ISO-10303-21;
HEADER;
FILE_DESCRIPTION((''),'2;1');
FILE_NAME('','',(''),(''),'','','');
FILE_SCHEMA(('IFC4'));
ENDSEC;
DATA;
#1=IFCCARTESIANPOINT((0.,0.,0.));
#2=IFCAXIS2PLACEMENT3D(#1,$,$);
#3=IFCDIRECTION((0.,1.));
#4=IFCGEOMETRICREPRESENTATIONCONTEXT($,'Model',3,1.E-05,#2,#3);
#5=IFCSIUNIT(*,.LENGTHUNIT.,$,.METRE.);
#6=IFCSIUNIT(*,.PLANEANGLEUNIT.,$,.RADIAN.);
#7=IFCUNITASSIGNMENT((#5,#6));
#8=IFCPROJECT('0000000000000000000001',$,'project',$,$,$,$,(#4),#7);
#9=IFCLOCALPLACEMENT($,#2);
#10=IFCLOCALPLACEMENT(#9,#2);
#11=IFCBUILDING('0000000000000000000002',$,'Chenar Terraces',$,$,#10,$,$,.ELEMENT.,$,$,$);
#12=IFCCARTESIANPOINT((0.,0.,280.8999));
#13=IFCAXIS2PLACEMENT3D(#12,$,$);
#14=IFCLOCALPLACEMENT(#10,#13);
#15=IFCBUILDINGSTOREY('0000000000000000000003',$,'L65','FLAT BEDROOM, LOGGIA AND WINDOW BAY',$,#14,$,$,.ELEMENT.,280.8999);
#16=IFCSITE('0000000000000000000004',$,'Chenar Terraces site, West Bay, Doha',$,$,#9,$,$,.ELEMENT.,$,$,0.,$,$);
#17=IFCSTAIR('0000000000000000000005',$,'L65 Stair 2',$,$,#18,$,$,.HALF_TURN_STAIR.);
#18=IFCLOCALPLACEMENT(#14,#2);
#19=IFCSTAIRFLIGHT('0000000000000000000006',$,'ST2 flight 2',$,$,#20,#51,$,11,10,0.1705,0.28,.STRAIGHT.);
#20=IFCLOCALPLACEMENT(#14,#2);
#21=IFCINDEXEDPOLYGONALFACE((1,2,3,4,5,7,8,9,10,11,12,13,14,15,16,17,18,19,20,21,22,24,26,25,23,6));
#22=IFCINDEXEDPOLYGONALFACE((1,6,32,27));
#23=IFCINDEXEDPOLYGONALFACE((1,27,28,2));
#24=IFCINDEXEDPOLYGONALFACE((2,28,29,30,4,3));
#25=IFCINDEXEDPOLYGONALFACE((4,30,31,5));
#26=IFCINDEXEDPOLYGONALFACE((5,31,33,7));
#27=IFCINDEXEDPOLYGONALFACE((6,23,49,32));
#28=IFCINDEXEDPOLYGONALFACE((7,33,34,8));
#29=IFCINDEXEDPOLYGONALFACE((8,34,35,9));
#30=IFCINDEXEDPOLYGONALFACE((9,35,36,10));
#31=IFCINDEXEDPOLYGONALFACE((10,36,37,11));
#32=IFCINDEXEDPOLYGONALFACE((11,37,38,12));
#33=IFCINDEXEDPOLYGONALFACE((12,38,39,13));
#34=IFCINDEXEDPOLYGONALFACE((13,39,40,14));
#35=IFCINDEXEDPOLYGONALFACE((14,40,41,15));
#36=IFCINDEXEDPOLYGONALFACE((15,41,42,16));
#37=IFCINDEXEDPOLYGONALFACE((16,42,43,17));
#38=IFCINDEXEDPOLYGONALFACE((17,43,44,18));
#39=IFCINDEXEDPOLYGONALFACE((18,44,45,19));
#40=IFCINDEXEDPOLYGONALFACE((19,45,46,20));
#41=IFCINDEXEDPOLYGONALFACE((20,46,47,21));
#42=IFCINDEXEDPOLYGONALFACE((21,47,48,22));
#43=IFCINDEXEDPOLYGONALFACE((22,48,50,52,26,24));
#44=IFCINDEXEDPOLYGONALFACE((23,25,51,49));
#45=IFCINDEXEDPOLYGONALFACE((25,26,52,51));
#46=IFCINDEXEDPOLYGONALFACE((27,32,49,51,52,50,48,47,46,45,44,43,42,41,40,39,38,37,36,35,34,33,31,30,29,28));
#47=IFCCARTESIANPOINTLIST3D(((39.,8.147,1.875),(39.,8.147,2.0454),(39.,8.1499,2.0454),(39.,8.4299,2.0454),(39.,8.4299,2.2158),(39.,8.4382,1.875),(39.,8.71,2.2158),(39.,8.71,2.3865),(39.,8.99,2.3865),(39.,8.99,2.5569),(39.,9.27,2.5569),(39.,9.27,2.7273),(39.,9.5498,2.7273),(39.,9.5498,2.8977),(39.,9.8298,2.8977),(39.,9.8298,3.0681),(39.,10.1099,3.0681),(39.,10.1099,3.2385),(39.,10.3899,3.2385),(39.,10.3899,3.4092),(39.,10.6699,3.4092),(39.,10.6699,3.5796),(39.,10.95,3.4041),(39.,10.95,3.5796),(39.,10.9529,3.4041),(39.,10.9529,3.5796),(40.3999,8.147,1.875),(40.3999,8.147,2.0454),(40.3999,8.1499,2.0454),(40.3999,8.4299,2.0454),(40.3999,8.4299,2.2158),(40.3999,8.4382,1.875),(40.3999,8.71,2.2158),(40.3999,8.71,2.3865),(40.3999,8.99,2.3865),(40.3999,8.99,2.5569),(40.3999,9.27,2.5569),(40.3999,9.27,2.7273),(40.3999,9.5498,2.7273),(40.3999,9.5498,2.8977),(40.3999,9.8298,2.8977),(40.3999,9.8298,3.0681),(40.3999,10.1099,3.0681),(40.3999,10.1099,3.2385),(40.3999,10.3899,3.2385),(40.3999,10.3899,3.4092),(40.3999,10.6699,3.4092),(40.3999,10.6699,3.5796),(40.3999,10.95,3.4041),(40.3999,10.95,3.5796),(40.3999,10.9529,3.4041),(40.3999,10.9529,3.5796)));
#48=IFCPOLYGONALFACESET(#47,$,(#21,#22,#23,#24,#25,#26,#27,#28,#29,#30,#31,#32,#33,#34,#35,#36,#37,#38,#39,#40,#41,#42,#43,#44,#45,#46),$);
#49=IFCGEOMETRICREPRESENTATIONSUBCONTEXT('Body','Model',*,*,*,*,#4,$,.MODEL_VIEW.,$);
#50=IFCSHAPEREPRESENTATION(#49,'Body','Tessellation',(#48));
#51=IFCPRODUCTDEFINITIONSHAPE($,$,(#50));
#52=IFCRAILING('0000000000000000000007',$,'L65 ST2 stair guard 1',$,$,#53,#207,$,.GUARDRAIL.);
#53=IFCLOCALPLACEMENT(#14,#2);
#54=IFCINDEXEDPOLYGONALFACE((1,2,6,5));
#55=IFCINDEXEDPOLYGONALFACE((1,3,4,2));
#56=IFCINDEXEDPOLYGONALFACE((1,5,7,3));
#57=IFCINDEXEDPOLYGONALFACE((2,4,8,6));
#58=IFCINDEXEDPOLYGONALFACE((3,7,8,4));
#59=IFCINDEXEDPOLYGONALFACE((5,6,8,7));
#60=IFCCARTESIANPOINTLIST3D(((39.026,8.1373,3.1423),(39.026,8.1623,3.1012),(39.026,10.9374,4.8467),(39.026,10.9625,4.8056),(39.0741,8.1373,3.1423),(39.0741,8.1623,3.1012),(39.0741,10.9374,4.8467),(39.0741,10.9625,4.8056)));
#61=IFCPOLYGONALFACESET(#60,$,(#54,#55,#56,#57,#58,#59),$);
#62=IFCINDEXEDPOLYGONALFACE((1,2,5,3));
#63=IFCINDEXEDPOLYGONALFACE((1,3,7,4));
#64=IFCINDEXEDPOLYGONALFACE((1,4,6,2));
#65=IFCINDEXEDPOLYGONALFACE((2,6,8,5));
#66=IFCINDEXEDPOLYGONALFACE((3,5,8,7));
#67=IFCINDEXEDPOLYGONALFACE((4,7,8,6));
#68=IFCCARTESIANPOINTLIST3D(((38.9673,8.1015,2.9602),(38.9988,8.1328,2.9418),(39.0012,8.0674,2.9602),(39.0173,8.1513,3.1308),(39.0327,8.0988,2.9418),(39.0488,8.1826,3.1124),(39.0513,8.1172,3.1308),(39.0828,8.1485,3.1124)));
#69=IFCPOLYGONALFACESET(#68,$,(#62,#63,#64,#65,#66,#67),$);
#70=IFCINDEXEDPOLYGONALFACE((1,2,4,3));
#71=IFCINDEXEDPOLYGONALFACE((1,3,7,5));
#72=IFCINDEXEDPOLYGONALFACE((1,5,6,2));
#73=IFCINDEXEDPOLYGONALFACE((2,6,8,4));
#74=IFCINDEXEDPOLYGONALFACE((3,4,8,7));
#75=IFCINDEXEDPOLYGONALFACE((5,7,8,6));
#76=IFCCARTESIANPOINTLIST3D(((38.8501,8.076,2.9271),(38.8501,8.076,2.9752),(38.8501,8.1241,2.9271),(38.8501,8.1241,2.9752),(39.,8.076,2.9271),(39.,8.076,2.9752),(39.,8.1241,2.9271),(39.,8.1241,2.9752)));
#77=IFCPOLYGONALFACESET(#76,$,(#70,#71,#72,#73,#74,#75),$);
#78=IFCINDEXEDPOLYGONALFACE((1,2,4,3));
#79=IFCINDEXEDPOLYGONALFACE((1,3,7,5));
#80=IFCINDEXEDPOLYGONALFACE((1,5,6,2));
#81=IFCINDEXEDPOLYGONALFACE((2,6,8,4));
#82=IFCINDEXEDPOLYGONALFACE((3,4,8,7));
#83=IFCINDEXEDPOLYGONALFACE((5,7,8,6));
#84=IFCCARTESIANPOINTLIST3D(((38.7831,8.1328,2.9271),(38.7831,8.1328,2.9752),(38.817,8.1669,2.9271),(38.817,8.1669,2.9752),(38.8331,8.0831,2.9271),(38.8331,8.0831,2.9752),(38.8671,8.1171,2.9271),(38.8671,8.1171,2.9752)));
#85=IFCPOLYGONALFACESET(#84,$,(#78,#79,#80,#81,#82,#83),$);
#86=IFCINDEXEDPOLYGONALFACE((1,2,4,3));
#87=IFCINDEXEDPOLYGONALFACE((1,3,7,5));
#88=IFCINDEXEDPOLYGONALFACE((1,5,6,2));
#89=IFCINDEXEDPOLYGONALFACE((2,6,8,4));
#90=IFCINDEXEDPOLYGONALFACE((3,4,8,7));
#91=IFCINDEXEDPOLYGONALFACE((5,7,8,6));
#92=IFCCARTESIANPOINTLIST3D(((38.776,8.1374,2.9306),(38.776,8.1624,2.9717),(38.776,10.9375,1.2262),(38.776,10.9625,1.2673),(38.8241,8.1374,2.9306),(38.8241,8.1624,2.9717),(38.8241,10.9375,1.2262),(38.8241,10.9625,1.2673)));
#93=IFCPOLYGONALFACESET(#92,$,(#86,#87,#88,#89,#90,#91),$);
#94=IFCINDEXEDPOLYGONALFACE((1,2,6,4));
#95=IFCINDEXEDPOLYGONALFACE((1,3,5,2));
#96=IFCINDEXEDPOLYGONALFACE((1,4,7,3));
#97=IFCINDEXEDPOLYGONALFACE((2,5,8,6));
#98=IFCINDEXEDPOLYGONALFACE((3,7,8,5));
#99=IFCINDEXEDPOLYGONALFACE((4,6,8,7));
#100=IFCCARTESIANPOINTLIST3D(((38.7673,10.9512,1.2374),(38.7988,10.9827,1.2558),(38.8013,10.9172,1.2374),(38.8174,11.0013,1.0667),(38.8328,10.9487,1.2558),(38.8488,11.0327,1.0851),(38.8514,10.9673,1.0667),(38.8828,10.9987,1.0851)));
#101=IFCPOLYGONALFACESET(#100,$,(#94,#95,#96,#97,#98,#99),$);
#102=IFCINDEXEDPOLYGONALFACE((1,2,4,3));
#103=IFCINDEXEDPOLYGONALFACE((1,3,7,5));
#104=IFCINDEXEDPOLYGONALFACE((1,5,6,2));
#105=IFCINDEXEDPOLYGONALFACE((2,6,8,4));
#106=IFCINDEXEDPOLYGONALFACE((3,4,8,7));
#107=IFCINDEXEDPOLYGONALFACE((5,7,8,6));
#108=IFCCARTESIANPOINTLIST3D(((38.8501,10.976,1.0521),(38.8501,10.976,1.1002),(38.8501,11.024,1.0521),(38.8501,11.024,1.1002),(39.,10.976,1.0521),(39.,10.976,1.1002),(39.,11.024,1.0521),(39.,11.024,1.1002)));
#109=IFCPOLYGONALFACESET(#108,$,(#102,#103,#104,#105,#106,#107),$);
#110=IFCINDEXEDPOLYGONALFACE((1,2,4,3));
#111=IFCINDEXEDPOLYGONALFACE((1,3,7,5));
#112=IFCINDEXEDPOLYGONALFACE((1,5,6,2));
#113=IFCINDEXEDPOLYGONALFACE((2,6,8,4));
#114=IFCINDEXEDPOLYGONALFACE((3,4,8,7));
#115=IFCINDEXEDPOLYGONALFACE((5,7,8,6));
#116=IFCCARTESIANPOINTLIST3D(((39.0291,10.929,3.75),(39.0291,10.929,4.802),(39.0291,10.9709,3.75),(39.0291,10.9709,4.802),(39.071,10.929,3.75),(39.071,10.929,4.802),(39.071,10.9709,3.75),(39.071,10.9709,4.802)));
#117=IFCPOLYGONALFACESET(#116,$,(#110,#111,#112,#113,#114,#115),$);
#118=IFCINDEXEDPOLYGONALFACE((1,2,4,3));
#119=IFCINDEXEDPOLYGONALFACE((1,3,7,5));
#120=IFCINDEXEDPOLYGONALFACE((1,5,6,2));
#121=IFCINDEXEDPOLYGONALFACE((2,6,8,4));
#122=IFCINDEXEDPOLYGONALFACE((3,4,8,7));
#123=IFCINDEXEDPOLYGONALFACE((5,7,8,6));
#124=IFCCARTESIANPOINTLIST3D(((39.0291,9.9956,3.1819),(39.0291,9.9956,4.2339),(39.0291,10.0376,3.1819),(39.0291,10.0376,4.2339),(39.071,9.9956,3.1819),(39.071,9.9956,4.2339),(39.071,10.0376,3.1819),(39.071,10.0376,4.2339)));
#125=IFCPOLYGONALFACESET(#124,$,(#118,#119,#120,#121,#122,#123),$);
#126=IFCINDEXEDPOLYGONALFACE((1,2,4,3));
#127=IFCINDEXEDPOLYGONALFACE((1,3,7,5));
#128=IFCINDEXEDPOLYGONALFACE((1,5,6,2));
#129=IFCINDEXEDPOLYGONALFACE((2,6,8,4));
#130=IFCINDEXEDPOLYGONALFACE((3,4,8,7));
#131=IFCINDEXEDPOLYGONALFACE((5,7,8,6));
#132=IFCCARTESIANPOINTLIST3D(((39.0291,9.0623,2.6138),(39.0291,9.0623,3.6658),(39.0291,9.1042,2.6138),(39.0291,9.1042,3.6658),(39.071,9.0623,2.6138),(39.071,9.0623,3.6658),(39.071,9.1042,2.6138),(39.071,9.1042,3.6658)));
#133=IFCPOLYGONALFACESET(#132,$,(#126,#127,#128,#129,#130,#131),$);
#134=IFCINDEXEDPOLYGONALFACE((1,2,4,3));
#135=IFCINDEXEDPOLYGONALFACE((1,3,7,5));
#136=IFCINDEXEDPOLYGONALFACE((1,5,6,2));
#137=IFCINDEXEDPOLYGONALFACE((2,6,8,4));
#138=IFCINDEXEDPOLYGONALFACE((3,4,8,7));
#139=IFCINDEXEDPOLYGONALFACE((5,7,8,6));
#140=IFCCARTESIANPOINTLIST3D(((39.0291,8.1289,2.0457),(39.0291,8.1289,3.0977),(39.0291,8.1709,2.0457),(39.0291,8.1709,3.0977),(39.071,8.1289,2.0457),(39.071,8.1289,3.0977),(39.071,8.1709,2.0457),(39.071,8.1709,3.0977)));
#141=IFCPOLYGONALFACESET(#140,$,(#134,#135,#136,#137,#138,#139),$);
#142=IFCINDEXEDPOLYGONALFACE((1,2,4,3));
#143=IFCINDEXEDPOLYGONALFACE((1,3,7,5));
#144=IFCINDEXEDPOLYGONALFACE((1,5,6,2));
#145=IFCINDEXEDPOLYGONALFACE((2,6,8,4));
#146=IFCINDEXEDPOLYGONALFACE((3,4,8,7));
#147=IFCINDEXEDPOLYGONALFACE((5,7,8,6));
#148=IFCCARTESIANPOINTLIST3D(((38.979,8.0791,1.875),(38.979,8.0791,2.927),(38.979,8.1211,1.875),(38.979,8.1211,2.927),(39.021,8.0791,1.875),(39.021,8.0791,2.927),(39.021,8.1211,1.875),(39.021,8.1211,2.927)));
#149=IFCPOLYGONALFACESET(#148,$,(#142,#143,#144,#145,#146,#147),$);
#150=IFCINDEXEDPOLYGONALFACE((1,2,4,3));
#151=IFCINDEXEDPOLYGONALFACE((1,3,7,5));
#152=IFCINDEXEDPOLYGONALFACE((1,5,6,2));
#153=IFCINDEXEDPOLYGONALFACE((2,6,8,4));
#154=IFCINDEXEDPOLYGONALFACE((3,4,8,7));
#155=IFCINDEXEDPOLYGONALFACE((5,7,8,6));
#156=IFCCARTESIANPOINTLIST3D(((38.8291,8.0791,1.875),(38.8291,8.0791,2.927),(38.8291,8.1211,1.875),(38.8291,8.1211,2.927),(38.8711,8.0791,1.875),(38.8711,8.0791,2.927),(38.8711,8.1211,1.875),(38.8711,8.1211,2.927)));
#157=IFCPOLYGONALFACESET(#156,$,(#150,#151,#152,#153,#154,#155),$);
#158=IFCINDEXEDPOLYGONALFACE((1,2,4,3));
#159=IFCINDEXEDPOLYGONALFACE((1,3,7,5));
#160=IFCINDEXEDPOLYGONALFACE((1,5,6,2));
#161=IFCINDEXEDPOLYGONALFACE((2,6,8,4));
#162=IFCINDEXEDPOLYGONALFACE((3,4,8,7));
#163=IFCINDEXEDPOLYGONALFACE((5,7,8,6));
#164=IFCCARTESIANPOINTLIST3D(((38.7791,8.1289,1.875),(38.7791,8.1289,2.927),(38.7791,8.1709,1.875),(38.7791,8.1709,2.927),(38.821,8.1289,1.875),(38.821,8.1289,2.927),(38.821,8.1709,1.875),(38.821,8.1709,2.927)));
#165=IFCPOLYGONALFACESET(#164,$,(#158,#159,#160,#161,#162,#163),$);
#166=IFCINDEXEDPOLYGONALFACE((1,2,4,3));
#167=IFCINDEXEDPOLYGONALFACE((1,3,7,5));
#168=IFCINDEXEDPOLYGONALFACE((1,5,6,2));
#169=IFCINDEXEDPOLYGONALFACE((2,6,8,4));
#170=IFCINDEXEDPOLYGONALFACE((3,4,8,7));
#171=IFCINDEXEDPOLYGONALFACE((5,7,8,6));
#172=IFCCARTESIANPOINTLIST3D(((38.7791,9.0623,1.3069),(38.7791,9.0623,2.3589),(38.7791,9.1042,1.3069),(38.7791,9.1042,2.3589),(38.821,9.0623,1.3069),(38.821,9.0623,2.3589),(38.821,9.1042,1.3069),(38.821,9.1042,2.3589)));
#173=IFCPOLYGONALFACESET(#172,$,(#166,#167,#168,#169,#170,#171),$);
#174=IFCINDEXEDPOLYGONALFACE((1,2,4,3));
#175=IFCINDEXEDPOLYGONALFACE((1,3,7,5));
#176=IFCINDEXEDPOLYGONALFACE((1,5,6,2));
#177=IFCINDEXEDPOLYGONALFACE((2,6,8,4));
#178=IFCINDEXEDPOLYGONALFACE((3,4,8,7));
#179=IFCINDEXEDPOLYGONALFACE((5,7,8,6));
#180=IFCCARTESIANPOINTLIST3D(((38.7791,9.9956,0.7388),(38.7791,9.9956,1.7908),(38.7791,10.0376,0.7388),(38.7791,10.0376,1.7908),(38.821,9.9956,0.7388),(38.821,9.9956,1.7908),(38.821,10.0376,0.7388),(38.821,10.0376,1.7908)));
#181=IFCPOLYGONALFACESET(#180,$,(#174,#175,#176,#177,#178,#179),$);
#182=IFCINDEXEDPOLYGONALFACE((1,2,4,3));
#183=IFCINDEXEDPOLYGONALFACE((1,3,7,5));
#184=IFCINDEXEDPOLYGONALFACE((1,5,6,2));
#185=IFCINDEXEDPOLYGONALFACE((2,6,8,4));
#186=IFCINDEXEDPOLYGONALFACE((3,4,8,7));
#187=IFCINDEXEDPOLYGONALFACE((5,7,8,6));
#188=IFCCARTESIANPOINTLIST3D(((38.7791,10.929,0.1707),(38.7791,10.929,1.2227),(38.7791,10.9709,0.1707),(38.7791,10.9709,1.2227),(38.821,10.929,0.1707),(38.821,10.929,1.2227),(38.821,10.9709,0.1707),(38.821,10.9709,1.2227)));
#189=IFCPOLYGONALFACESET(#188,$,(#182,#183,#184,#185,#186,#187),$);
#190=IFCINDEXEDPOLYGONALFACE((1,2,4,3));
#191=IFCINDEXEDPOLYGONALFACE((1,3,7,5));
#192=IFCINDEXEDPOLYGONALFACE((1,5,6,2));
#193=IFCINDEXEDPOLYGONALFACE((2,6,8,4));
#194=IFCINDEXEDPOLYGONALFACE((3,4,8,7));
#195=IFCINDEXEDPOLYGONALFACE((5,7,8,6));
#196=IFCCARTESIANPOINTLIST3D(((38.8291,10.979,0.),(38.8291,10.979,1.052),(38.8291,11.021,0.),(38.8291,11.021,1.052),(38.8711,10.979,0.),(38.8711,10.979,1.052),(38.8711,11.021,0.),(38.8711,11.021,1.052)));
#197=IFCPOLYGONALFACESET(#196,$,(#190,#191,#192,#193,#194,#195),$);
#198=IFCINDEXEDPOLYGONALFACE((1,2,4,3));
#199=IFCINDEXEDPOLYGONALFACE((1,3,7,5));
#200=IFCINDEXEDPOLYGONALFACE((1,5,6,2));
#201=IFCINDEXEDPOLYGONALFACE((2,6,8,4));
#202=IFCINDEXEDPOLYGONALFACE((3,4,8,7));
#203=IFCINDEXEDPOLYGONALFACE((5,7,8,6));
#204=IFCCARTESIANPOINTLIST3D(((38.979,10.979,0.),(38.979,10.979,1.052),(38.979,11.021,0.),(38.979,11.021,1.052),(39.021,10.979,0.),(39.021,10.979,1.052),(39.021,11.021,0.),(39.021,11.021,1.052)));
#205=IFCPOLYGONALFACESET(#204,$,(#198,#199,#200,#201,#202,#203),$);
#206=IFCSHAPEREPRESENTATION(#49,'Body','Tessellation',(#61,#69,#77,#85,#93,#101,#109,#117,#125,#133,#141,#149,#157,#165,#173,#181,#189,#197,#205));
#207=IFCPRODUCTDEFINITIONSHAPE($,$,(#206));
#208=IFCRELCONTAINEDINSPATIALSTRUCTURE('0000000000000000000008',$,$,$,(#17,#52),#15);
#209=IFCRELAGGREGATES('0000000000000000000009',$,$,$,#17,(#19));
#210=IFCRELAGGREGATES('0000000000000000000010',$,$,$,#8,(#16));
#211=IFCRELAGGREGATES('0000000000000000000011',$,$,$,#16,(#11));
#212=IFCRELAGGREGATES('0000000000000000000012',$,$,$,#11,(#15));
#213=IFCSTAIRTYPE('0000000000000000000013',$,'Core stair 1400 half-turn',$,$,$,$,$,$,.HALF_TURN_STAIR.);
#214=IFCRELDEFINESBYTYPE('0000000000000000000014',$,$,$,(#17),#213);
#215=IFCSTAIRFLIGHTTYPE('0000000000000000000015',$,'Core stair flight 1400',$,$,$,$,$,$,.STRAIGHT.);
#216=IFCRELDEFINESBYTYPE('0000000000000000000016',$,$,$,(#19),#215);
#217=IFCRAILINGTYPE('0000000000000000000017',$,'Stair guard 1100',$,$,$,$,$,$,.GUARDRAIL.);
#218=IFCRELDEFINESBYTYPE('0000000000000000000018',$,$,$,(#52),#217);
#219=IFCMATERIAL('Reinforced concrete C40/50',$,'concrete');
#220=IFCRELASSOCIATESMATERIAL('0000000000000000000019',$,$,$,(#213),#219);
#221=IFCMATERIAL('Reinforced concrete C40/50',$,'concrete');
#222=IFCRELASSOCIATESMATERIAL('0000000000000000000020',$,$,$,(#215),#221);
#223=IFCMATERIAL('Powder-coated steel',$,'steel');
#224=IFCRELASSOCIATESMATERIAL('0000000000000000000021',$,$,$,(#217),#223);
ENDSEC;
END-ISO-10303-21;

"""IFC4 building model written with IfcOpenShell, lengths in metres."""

from ifc_helpers import new_model, si_unit, direction, frame, origin, origin_2d, place, context, subcontext, project, spatial, polyline, rectangle, outline, extrude, material, type_object, element, aggregate, save


model = new_model("IFC4")

# Units and contexts
model_context = context("Model", 3, precision=1e-05, world=origin(), true_north=direction((0.0, 1.0)))
body_context = subcontext(model_context, "Body", "Model", "MODEL_VIEW")
ifc_project = project(units=[si_unit("LENGTHUNIT", "METRE"), si_unit("PLANEANGLEUNIT", "RADIAN")], contexts=[model_context])

# Site, building, storey
site_placement = place(None, origin())
site = spatial("IfcSite", under=ifc_project, at=site_placement, Name="Chenar Terraces site, West Bay, Doha", CompositionType="ELEMENT", RefElevation=0.0)
building_placement = place(site_placement, origin())
building = spatial("IfcBuilding", under=site, at=building_placement, Name="Chenar Terraces", CompositionType="ELEMENT")
storey_placement = place(building_placement, frame((0.0, 0.0, 280.8999)))
storey = spatial("IfcBuildingStorey", under=building, at=storey_placement, Name="L65", Description="FLAT BEDROOM, LOGGIA AND WINDOW BAY", CompositionType="ELEMENT", Elevation=280.8999)

# Stair, stair flight
ifc_material_1 = material(Name="Reinforced concrete C40/50", Category="concrete")
stair_type = type_object("IfcStairType", Name="Core stair 1400 half-turn", PredefinedType="HALF_TURN_STAIR", material=ifc_material_1)
stair_placement = place(storey_placement, origin())
stair = element("IfcStair", 1, at=stair_placement, inside=storey, type_object=stair_type, Name="L65 Stair 2", PredefinedType="HALF_TURN_STAIR")
ifc_material_2 = material(Name="Reinforced concrete C40/50", Category="concrete")
stair_flight_type = type_object("IfcStairFlightType", Name="Core stair flight 1400", PredefinedType="STRAIGHT", material=ifc_material_2)
stair_flight_1_placement = place(storey_placement, frame((39.7, 8.1499, 1.875), z_axis=(0.0, 0.0, 1.0), x_axis=(0.0, 1.0, 0.0)))
stair_flight_1 = element("IfcStairFlight", 2, at=stair_flight_1_placement, type_object=stair_flight_type, Name="ST2 flight 2", NumberOfRisers=11, NumberOfTreads=10, PredefinedType="STRAIGHT", RiserHeight=0.1705, TreadLength=0.28, context=body_context, shape_type="SweptSolid", body=[
    extrude(outline(polyline([(-0.0029, 0.0), (-0.0029, 0.1704), (0.0, 0.1704), (0.28, 0.1704), (0.28, 0.3408), (0.5601, 0.3408), (0.5601, 0.5115), (0.8401, 0.5115), (0.8401, 0.6819), (1.1201, 0.6819), (1.1201, 0.8523), (1.3999, 0.8523), (1.3999, 1.0227), (1.6799, 1.0227), (1.6799, 1.1931), (1.96, 1.1931), (1.96, 1.3635), (2.24, 1.3635), (2.24, 1.5342), (2.52, 1.5342), (2.52, 1.7046), (2.8, 1.7046), (2.803, 1.7046), (2.803, 1.5291), (2.8, 1.5291), (0.2883, 0.0), (-0.0029, 0.0)])), frame((0.0, 0.7, 0.0), z_axis=(0.0, -1.0, 0.0), x_axis=(1.0, 0.0, 0.0)), (0.0, 0.0, 1.0), 1.3999),
])
aggregate(stair, [stair_flight_1])

# Railing
ifc_material_3 = material(Name="Powder-coated steel", Category="steel")
railing_type_1 = type_object("IfcRailingType", Name="Stair guard 1100", PredefinedType="GUARDRAIL", material=ifc_material_3)
railing_1_placement = place(storey_placement, frame((39.05, 10.95, 3.75)))
element("IfcRailing", 3, at=railing_1_placement, inside=storey, type_object=railing_type_1, Name="L65 ST2 stair guard 1", PredefinedType="GUARDRAIL", context=body_context, shape_type="SweptSolid", body=[
    extrude(rectangle(XDim=0.0481, YDim=0.0481, at=origin_2d()), frame((0.0, 0.0, 1.0762), z_axis=(0.0, -0.854203, -0.51994), x_axis=(1.0, 0.0, 0.0)), (0.0, 0.0, 1.0), 3.2781),
    extrude(rectangle(XDim=0.0481, YDim=0.0481, at=origin_2d()), frame((0.0, -2.8, -0.6284), z_axis=(-0.270997, -0.269675, -0.924033), x_axis=(0.705376, -0.708834, 0.0)), (0.0, 0.0, 1.0), 0.1846),
    extrude(rectangle(XDim=0.0481, YDim=0.0481, at=origin_2d()), frame((-0.05, -2.8499, -0.7988), z_axis=(-1.0, 0.0, 0.0), x_axis=(0.0, -1.0, 0.0)), (0.0, 0.0, 1.0), 0.1499),
    extrude(rectangle(XDim=0.0481, YDim=0.0481, at=origin_2d()), frame((-0.2, -2.8499, -0.7988), z_axis=(-0.708834, 0.705376, 0.0), x_axis=(-0.705376, -0.708834, 0.0)), (0.0, 0.0, 1.0), 0.0706),
    extrude(rectangle(XDim=0.0481, YDim=0.0481, at=origin_2d()), frame((-0.25, -2.8, -0.7988), z_axis=(0.0, 0.854203, -0.51994), x_axis=(-1.0, 0.0, 0.0)), (0.0, 0.0, 1.0), 3.2781),
    extrude(rectangle(XDim=0.0481, YDim=0.0481, at=origin_2d()), frame((-0.25, 0.0, -2.5034), z_axis=(0.2709, 0.2709, -0.923703), x_axis=(-0.707107, 0.707107, 0.0)), (0.0, 0.0, 1.0), 0.1848),
    extrude(rectangle(XDim=0.0481, YDim=0.0481, at=origin_2d()), frame((-0.2, 0.05, -2.6738), z_axis=(1.0, 0.0, 0.0), x_axis=(0.0, 1.0, 0.0)), (0.0, 0.0, 1.0), 0.1499),
    extrude(rectangle(XDim=0.042, YDim=0.042, at=origin_2d()), origin(), (0.0, 0.0, 1.0), 1.052),
    extrude(rectangle(XDim=0.042, YDim=0.042, at=origin_2d()), frame((0.0, -0.9333, -0.5681)), (0.0, 0.0, 1.0), 1.052),
    extrude(rectangle(XDim=0.042, YDim=0.042, at=origin_2d()), frame((0.0, -1.8667, -1.1362)), (0.0, 0.0, 1.0), 1.052),
    extrude(rectangle(XDim=0.042, YDim=0.042, at=origin_2d()), frame((0.0, -2.8, -1.7043)), (0.0, 0.0, 1.0), 1.052),
    extrude(rectangle(XDim=0.042, YDim=0.042, at=origin_2d()), frame((-0.05, -2.8499, -1.875)), (0.0, 0.0, 1.0), 1.052),
    extrude(rectangle(XDim=0.042, YDim=0.042, at=origin_2d()), frame((-0.2, -2.8499, -1.875)), (0.0, 0.0, 1.0), 1.052),
    extrude(rectangle(XDim=0.042, YDim=0.042, at=origin_2d()), frame((-0.25, -2.8, -1.875)), (0.0, 0.0, 1.0), 1.052),
    extrude(rectangle(XDim=0.042, YDim=0.042, at=origin_2d()), frame((-0.25, -1.8667, -2.4431)), (0.0, 0.0, 1.0), 1.052),
    extrude(rectangle(XDim=0.042, YDim=0.042, at=origin_2d()), frame((-0.25, -0.9333, -3.0112)), (0.0, 0.0, 1.0), 1.052),
    extrude(rectangle(XDim=0.042, YDim=0.042, at=origin_2d()), frame((-0.25, 0.0, -3.5793)), (0.0, 0.0, 1.0), 1.052),
    extrude(rectangle(XDim=0.042, YDim=0.042, at=origin_2d()), frame((-0.2, 0.05, -3.75)), (0.0, 0.0, 1.0), 1.052),
    extrude(rectangle(XDim=0.042, YDim=0.042, at=origin_2d()), frame((-0.05, 0.05, -3.75)), (0.0, 0.0, 1.0), 1.052),
])

save(model, "model.ifc")
